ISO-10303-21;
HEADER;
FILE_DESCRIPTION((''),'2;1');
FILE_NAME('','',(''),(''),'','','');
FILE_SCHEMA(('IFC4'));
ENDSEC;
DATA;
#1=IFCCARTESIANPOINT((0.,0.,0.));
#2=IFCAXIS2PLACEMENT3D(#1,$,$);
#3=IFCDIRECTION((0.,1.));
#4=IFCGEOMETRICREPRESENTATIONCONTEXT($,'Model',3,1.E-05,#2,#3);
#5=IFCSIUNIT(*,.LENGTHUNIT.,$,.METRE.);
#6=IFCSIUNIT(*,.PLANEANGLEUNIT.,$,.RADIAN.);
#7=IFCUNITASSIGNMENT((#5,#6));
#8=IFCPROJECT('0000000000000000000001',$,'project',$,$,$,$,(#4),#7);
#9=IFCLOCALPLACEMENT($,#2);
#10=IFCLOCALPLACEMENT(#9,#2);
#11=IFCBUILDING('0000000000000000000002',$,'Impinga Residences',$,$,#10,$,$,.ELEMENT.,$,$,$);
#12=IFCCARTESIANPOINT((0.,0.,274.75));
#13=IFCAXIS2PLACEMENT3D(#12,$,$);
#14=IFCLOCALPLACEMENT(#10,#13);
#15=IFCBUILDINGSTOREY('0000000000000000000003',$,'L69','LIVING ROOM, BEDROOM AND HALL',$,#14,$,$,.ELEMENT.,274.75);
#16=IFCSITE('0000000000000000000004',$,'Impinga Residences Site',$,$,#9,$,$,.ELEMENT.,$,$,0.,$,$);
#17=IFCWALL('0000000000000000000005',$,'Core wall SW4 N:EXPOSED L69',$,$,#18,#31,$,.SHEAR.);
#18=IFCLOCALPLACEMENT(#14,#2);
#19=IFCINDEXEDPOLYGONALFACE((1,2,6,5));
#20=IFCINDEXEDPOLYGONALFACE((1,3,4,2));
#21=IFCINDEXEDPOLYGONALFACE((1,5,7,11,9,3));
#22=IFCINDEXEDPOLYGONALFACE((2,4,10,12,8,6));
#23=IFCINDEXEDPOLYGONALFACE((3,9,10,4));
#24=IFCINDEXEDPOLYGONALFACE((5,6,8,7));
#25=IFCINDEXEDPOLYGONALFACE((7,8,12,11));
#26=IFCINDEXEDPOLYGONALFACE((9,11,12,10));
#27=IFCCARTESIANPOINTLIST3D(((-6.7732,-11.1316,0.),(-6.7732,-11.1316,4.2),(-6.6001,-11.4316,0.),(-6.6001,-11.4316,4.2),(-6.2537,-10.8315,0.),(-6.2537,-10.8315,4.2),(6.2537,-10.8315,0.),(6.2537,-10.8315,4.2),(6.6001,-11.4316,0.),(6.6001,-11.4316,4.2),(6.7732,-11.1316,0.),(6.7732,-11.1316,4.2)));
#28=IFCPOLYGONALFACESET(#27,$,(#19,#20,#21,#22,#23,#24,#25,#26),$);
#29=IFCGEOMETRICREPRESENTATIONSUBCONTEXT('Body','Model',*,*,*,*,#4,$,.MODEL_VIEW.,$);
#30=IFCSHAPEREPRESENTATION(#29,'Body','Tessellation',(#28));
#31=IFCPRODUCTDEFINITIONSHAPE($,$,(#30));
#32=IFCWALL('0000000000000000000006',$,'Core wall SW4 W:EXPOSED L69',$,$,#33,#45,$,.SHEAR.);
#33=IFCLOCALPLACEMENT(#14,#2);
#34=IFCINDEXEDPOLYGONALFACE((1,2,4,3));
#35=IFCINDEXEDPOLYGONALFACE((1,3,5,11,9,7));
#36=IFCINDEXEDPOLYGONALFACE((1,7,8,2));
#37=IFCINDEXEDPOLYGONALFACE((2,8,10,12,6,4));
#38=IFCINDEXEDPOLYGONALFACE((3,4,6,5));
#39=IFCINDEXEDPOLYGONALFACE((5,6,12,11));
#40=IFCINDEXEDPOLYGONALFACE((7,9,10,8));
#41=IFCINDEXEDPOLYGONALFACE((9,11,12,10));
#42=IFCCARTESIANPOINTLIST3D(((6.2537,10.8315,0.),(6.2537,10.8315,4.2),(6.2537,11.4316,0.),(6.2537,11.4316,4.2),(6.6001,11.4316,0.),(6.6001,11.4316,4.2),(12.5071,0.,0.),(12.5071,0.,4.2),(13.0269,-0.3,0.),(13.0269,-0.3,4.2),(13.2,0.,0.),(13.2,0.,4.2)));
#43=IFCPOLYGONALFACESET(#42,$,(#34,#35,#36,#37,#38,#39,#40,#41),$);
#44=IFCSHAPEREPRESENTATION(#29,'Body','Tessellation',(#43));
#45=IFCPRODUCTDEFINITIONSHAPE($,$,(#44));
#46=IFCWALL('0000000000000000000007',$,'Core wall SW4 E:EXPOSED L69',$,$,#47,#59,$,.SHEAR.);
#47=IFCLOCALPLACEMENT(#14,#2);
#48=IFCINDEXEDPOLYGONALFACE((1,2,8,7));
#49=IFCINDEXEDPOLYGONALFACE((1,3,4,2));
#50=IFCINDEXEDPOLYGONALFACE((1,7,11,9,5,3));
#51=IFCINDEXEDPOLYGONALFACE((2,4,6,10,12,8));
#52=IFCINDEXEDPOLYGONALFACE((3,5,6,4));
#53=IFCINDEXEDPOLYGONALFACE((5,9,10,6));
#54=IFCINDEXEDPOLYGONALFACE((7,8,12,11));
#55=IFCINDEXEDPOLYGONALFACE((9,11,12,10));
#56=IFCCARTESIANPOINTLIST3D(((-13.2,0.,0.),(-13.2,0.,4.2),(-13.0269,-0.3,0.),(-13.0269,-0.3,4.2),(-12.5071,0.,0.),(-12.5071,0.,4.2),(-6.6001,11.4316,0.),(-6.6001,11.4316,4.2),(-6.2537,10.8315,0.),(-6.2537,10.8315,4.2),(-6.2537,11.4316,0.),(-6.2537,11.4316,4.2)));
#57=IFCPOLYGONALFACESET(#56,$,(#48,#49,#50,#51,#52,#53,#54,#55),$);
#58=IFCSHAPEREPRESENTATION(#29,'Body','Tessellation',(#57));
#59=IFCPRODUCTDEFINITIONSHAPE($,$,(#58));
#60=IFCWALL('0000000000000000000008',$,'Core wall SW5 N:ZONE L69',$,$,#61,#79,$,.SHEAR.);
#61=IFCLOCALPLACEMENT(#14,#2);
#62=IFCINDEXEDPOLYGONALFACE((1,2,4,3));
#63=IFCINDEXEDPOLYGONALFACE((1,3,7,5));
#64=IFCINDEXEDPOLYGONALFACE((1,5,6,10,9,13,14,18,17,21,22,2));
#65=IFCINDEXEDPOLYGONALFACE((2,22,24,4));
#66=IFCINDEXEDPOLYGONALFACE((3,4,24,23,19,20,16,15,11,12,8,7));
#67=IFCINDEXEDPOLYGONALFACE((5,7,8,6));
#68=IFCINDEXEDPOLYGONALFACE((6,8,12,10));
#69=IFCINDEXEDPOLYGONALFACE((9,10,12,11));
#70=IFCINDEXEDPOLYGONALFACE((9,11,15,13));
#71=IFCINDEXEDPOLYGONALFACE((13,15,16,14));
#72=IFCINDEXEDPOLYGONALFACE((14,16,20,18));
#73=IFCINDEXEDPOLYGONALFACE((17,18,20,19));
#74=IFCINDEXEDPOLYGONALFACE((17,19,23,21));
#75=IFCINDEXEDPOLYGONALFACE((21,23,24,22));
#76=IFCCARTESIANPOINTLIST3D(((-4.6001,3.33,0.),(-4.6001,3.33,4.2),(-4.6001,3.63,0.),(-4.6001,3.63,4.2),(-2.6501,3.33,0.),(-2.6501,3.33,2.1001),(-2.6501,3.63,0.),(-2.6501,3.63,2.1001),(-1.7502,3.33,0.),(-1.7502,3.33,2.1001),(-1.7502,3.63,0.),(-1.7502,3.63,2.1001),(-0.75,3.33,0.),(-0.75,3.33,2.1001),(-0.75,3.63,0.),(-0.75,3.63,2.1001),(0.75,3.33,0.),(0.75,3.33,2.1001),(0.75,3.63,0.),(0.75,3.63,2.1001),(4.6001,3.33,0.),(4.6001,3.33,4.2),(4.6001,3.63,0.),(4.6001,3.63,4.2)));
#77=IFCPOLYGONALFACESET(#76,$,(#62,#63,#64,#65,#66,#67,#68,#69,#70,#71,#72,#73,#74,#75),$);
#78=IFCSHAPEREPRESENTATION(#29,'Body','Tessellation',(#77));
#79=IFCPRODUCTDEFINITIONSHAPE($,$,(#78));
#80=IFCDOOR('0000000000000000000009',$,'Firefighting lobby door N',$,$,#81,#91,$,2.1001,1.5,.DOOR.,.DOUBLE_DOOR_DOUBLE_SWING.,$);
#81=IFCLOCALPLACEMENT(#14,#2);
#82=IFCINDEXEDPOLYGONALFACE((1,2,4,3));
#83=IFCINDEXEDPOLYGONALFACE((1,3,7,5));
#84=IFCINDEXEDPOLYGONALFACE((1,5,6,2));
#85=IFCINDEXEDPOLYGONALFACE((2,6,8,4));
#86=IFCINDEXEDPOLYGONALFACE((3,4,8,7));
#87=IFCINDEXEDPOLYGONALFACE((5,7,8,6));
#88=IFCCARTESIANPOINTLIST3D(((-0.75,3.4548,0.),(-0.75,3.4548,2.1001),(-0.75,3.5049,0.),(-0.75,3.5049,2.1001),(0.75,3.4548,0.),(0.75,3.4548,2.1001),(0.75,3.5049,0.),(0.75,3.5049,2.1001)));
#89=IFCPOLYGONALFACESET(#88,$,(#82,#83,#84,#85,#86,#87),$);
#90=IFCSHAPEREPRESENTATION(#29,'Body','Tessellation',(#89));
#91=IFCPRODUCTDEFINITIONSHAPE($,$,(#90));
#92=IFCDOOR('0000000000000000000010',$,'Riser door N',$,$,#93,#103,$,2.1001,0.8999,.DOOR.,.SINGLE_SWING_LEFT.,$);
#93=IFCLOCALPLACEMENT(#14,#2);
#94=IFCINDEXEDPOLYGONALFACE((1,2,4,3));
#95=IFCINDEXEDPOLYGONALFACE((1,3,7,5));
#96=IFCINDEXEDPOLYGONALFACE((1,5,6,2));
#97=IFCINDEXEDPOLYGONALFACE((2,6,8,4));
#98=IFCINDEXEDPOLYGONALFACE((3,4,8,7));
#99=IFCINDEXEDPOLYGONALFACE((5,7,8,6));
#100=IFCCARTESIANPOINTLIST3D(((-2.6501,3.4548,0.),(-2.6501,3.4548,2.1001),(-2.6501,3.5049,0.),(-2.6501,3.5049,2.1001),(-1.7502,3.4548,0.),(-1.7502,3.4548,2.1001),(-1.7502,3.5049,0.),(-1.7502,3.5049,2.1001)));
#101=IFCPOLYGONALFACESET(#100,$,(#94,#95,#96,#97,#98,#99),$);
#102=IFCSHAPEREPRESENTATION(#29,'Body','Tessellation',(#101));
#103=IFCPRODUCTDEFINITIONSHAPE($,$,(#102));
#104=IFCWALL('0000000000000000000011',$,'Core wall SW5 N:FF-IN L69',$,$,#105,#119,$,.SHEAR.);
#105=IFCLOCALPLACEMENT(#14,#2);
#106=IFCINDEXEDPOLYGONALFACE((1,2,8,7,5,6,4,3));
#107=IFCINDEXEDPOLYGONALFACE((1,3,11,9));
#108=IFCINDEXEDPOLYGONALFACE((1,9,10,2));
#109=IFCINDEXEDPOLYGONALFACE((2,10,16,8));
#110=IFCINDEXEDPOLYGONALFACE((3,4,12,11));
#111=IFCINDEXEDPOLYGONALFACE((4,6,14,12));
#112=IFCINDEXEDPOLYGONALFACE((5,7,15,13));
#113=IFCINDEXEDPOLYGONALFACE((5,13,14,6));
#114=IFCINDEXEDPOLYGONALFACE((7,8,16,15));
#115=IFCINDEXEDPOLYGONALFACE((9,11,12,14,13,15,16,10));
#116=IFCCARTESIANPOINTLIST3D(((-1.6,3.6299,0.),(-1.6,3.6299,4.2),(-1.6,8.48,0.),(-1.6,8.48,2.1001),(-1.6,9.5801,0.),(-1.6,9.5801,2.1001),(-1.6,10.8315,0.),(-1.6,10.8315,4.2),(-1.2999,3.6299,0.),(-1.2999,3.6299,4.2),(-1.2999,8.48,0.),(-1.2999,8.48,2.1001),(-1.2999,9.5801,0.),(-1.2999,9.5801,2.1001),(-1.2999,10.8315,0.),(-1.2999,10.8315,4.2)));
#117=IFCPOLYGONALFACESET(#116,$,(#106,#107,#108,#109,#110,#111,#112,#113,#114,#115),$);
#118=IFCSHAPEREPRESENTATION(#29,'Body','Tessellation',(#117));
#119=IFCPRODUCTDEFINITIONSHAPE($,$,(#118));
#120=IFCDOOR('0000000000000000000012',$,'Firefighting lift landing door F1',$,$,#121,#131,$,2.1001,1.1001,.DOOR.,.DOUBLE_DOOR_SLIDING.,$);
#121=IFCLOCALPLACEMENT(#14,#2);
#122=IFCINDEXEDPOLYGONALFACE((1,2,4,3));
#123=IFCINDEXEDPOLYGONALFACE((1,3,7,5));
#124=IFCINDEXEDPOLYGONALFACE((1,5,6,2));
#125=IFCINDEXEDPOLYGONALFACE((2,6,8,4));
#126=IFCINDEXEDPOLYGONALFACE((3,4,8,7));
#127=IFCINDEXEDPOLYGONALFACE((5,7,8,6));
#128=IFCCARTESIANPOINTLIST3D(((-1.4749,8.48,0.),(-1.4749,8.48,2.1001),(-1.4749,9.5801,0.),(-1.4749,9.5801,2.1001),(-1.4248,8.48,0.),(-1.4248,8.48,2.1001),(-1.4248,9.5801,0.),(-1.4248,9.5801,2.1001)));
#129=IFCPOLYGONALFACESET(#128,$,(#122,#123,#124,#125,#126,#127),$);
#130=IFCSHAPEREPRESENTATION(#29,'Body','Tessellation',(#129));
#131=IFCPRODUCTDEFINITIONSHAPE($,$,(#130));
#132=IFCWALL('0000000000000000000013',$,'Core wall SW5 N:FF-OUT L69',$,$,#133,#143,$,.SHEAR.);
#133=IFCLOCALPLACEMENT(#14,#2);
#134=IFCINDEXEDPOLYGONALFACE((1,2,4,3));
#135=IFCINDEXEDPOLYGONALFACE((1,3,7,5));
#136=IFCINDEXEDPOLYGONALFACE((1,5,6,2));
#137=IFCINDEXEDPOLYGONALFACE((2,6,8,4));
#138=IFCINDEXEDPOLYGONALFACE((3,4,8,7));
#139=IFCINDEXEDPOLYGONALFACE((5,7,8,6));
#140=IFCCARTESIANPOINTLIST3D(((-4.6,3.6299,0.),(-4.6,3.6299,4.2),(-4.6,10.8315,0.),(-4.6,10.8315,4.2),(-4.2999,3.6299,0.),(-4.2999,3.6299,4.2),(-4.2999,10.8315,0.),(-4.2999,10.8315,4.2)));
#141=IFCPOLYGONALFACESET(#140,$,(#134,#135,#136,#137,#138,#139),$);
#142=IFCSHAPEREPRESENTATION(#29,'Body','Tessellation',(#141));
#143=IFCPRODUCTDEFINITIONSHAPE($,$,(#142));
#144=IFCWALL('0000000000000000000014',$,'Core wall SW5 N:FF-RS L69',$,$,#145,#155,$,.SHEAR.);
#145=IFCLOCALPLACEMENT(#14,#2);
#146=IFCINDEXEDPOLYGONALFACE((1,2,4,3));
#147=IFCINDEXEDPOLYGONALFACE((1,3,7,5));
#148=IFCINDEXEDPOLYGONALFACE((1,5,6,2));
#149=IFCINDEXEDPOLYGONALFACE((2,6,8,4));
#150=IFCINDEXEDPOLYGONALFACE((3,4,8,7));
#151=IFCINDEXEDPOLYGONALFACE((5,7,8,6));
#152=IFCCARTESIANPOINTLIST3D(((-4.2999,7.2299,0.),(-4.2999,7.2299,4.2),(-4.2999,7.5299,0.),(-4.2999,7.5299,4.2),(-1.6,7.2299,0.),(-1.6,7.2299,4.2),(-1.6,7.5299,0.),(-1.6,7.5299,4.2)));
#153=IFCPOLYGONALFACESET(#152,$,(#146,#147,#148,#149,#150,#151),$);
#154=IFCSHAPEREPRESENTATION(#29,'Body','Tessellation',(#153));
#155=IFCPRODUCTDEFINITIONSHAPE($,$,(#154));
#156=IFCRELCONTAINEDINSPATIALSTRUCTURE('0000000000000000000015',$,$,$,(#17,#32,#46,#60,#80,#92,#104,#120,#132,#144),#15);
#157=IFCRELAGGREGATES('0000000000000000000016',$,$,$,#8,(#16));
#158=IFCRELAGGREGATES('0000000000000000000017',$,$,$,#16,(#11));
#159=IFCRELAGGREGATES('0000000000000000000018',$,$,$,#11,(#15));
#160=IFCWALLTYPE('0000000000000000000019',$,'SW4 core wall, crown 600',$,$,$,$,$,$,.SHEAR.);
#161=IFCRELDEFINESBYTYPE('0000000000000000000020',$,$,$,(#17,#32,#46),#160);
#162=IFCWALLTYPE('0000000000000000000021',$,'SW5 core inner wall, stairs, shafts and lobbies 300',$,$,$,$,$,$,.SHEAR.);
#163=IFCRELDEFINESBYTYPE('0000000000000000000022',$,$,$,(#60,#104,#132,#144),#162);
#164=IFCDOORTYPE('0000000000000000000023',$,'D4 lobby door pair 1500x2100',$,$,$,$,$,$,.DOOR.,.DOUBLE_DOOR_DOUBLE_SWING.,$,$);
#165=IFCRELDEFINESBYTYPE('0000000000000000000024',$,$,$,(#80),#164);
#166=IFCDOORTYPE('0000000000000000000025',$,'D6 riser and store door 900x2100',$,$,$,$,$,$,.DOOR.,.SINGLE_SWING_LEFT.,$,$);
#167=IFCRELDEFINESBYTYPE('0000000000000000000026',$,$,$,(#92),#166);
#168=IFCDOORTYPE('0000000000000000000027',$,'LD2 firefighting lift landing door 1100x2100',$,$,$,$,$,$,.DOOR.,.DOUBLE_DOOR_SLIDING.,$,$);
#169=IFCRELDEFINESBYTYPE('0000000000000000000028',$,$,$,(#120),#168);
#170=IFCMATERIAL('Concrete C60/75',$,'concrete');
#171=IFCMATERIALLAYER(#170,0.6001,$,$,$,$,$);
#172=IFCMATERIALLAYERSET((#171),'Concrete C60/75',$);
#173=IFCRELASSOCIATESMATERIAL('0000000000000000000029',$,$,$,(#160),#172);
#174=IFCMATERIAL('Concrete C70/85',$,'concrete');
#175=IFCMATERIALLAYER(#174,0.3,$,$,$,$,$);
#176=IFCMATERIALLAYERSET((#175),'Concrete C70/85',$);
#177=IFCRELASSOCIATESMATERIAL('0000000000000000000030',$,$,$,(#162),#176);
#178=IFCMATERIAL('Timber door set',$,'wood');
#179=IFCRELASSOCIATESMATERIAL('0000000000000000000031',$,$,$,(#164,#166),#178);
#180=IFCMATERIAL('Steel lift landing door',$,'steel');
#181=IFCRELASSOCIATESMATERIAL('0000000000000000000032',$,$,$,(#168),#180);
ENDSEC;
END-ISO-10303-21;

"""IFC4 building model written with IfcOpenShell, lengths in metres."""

from ifc_helpers import new_model, si_unit, direction, frame, frame_2d, origin, place, context, subcontext, project, spatial, polyline, rectangle, outline, extrude, material, layer, layer_set, type_object, element, fill, save


model = new_model("IFC4")

# Units and contexts
model_context = context("Model", 3, precision=1e-05, world=origin(), true_north=direction((0.0, 1.0)))
body_context = subcontext(model_context, "Body", "Model", "MODEL_VIEW")
ifc_project = project(units=[si_unit("LENGTHUNIT", "METRE"), si_unit("PLANEANGLEUNIT", "RADIAN")], contexts=[model_context])

# Site, building, storey
site_placement = place(None, origin())
site = spatial("IfcSite", under=ifc_project, at=site_placement, Name="Impinga Residences Site", CompositionType="ELEMENT", RefElevation=0.0)
building_placement = place(site_placement, origin())
building = spatial("IfcBuilding", under=site, at=building_placement, Name="Impinga Residences", CompositionType="ELEMENT")
storey_placement = place(building_placement, frame((0.0, 0.0, 274.75)))
storey = spatial("IfcBuildingStorey", under=building, at=storey_placement, Name="L69", Description="LIVING ROOM, BEDROOM AND HALL", CompositionType="ELEMENT", Elevation=274.75)

# Walls
ifc_material_1 = material(Name="Concrete C60/75", Category="concrete")
ifc_layer_1 = layer(ifc_material_1, 0.6001)
ifc_layer_set_1 = layer_set([ifc_layer_1], Name="Concrete C60/75")
wall_type_1 = type_object("IfcWallType", Name="SW4 core wall, crown 600", PredefinedType="SHEAR", material=ifc_layer_set_1)
wall_1_placement = place(storey_placement, origin())
element("IfcWall", 1, at=wall_1_placement, inside=storey, type_object=wall_type_1, Name="Core wall SW4 N:EXPOSED L69", PredefinedType="SHEAR", context=body_context, shape_type="SweptSolid", body=[
    extrude(outline(polyline([(-6.6001, -11.4316), (6.6001, -11.4316), (6.7732, -11.1316), (6.2537, -10.8315), (-6.2537, -10.8315), (-6.7732, -11.1316), (-6.6001, -11.4316)])), origin(), (0.0, 0.0, 1.0), 4.2),
])
wall_2_placement = place(storey_placement, origin())
element("IfcWall", 2, at=wall_2_placement, inside=storey, type_object=wall_type_1, Name="Core wall SW4 W:EXPOSED L69", PredefinedType="SHEAR", context=body_context, shape_type="SweptSolid", body=[
    extrude(outline(polyline([(13.2, 0.0), (6.6001, 11.4316), (6.2537, 11.4316), (6.2537, 10.8315), (12.5071, 0.0), (13.0269, -0.3), (13.2, 0.0)])), origin(), (0.0, 0.0, 1.0), 4.2),
])
wall_3_placement = place(storey_placement, origin())
element("IfcWall", 3, at=wall_3_placement, inside=storey, type_object=wall_type_1, Name="Core wall SW4 E:EXPOSED L69", PredefinedType="SHEAR", context=body_context, shape_type="SweptSolid", body=[
    extrude(outline(polyline([(-6.6001, 11.4316), (-13.2, 0.0), (-13.0269, -0.3), (-12.5071, 0.0), (-6.2537, 10.8315), (-6.2537, 11.4316), (-6.6001, 11.4316)])), origin(), (0.0, 0.0, 1.0), 4.2),
])

# Wall, openings, doors
ifc_material_2 = material(Name="Concrete C70/85", Category="concrete")
ifc_layer_2 = layer(ifc_material_2, 0.3)
ifc_layer_set_2 = layer_set([ifc_layer_2], Name="Concrete C70/85")
wall_type_2 = type_object("IfcWallType", Name="SW5 core inner wall, stairs, shafts and lobbies 300", PredefinedType="SHEAR", material=ifc_layer_set_2)
wall_4_placement = place(storey_placement, frame((-4.6001, 3.48, 0.0), z_axis=(0.0, 0.0, 1.0), x_axis=(1.0, 0.0, 0.0)))
wall_4 = element("IfcWall", 4, at=wall_4_placement, inside=storey, type_object=wall_type_2, Name="Core wall SW5 N:ZONE L69", PredefinedType="SHEAR", context=body_context, shape_type="SweptSolid", body=[
    extrude(rectangle(XDim=9.2002, YDim=0.3, at=frame_2d((4.6001, 0.0))), origin(), (0.0, 0.0, 1.0), 4.2),
])
opening_1_placement = place(wall_4_placement, frame((3.8501, 0.0, 0.0)))
opening_1 = element("IfcOpeningElement", 5, at=opening_1_placement, cuts=wall_4, PredefinedType="OPENING", context=body_context, shape_type="SweptSolid", body=[
    extrude(rectangle(XDim=1.5, YDim=2.1001, at=frame_2d((0.75, 1.05))), frame((0.0, 0.1599, 0.0), z_axis=(0.0, -1.0, 0.0), x_axis=(1.0, 0.0, 0.0)), (0.0, 0.0, 1.0), 0.3201),
])
opening_2_placement = place(wall_4_placement, frame((1.95, 0.0, 0.0)))
opening_2 = element("IfcOpeningElement", 6, at=opening_2_placement, cuts=wall_4, PredefinedType="OPENING", context=body_context, shape_type="SweptSolid", body=[
    extrude(rectangle(XDim=0.8999, YDim=2.1001, at=frame_2d((0.45, 1.05))), frame((0.0, 0.1599, 0.0), z_axis=(0.0, -1.0, 0.0), x_axis=(1.0, 0.0, 0.0)), (0.0, 0.0, 1.0), 0.3201),
])
ifc_material_3 = material(Name="Timber door set", Category="wood")
door_type_1 = type_object("IfcDoorType", Name="D4 lobby door pair 1500x2100", OperationType="DOUBLE_DOOR_DOUBLE_SWING", PredefinedType="DOOR", material=ifc_material_3)
door_1_placement = place(opening_1_placement, origin())
door_1 = element("IfcDoor", 7, at=door_1_placement, inside=storey, type_object=door_type_1, Name="Firefighting lobby door N", OperationType="DOUBLE_DOOR_DOUBLE_SWING", OverallHeight=2.1001, OverallWidth=1.5, PredefinedType="DOOR", context=body_context, shape_type="SweptSolid", body=[
    extrude(rectangle(XDim=1.5, YDim=2.1001, at=frame_2d((0.75, 1.05))), frame((0.0, 0.0249, 0.0), z_axis=(0.0, -1.0, 0.0), x_axis=(1.0, 0.0, 0.0)), (0.0, 0.0, 1.0), 0.05),
])
fill(opening_1, door_1)
door_type_2 = type_object("IfcDoorType", Name="D6 riser and store door 900x2100", OperationType="SINGLE_SWING_LEFT", PredefinedType="DOOR", material=ifc_material_3)
door_2_placement = place(opening_2_placement, origin())
door_2 = element("IfcDoor", 8, at=door_2_placement, inside=storey, type_object=door_type_2, Name="Riser door N", OperationType="SINGLE_SWING_LEFT", OverallHeight=2.1001, OverallWidth=0.8999, PredefinedType="DOOR", context=body_context, shape_type="SweptSolid", body=[
    extrude(rectangle(XDim=0.8999, YDim=2.1001, at=frame_2d((0.45, 1.05))), frame((0.0, 0.0249, 0.0), z_axis=(0.0, -1.0, 0.0), x_axis=(1.0, 0.0, 0.0)), (0.0, 0.0, 1.0), 0.05),
])
fill(opening_2, door_2)

# Wall, opening, door
wall_5_placement = place(storey_placement, frame((-1.45, 3.6299, 0.0), z_axis=(0.0, 0.0, 1.0), x_axis=(0.0, 1.0, 0.0)))
wall_5 = element("IfcWall", 9, at=wall_5_placement, inside=storey, type_object=wall_type_2, Name="Core wall SW5 N:FF-IN L69", PredefinedType="SHEAR", context=body_context, shape_type="SweptSolid", body=[
    extrude(rectangle(XDim=7.2017, YDim=0.3, at=frame_2d((3.6008, 0.0))), origin(), (0.0, 0.0, 1.0), 4.2),
])
opening_3_placement = place(wall_5_placement, frame((4.8501, 0.0, 0.0)))
opening_3 = element("IfcOpeningElement", 10, at=opening_3_placement, cuts=wall_5, PredefinedType="OPENING", context=body_context, shape_type="SweptSolid", body=[
    extrude(rectangle(XDim=1.1001, YDim=2.1001, at=frame_2d((0.55, 1.05))), frame((0.0, 0.1599, 0.0), z_axis=(0.0, -1.0, 0.0), x_axis=(1.0, 0.0, 0.0)), (0.0, 0.0, 1.0), 0.3201),
])
ifc_material_4 = material(Name="Steel lift landing door", Category="steel")
door_type_3 = type_object("IfcDoorType", Name="LD2 firefighting lift landing door 1100x2100", OperationType="DOUBLE_DOOR_SLIDING", PredefinedType="DOOR", material=ifc_material_4)
door_3_placement = place(opening_3_placement, origin())
door_3 = element("IfcDoor", 11, at=door_3_placement, inside=storey, type_object=door_type_3, Name="Firefighting lift landing door F1", OperationType="DOUBLE_DOOR_SLIDING", OverallHeight=2.1001, OverallWidth=1.1001, PredefinedType="DOOR", context=body_context, shape_type="SweptSolid", body=[
    extrude(rectangle(XDim=1.1001, YDim=2.1001, at=frame_2d((0.55, 1.05))), frame((0.0, 0.0249, 0.0), z_axis=(0.0, -1.0, 0.0), x_axis=(1.0, 0.0, 0.0)), (0.0, 0.0, 1.0), 0.05),
])
fill(opening_3, door_3)

# Walls
wall_6_placement = place(storey_placement, frame((-4.45, 3.6299, 0.0), z_axis=(0.0, 0.0, 1.0), x_axis=(0.0, 1.0, 0.0)))
element("IfcWall", 12, at=wall_6_placement, inside=storey, type_object=wall_type_2, Name="Core wall SW5 N:FF-OUT L69", PredefinedType="SHEAR", context=body_context, shape_type="SweptSolid", body=[
    extrude(rectangle(XDim=7.2017, YDim=0.3, at=frame_2d((3.6008, 0.0))), origin(), (0.0, 0.0, 1.0), 4.2),
])
wall_7_placement = place(storey_placement, frame((-4.3, 7.3799, 0.0), z_axis=(0.0, 0.0, 1.0), x_axis=(1.0, 0.0, 0.0)))
element("IfcWall", 13, at=wall_7_placement, inside=storey, type_object=wall_type_2, Name="Core wall SW5 N:FF-RS L69", PredefinedType="SHEAR", context=body_context, shape_type="SweptSolid", body=[
    extrude(rectangle(XDim=2.7, YDim=0.3, at=frame_2d((1.3501, 0.0))), origin(), (0.0, 0.0, 1.0), 4.2),
])

save(model, "model.ifc")
